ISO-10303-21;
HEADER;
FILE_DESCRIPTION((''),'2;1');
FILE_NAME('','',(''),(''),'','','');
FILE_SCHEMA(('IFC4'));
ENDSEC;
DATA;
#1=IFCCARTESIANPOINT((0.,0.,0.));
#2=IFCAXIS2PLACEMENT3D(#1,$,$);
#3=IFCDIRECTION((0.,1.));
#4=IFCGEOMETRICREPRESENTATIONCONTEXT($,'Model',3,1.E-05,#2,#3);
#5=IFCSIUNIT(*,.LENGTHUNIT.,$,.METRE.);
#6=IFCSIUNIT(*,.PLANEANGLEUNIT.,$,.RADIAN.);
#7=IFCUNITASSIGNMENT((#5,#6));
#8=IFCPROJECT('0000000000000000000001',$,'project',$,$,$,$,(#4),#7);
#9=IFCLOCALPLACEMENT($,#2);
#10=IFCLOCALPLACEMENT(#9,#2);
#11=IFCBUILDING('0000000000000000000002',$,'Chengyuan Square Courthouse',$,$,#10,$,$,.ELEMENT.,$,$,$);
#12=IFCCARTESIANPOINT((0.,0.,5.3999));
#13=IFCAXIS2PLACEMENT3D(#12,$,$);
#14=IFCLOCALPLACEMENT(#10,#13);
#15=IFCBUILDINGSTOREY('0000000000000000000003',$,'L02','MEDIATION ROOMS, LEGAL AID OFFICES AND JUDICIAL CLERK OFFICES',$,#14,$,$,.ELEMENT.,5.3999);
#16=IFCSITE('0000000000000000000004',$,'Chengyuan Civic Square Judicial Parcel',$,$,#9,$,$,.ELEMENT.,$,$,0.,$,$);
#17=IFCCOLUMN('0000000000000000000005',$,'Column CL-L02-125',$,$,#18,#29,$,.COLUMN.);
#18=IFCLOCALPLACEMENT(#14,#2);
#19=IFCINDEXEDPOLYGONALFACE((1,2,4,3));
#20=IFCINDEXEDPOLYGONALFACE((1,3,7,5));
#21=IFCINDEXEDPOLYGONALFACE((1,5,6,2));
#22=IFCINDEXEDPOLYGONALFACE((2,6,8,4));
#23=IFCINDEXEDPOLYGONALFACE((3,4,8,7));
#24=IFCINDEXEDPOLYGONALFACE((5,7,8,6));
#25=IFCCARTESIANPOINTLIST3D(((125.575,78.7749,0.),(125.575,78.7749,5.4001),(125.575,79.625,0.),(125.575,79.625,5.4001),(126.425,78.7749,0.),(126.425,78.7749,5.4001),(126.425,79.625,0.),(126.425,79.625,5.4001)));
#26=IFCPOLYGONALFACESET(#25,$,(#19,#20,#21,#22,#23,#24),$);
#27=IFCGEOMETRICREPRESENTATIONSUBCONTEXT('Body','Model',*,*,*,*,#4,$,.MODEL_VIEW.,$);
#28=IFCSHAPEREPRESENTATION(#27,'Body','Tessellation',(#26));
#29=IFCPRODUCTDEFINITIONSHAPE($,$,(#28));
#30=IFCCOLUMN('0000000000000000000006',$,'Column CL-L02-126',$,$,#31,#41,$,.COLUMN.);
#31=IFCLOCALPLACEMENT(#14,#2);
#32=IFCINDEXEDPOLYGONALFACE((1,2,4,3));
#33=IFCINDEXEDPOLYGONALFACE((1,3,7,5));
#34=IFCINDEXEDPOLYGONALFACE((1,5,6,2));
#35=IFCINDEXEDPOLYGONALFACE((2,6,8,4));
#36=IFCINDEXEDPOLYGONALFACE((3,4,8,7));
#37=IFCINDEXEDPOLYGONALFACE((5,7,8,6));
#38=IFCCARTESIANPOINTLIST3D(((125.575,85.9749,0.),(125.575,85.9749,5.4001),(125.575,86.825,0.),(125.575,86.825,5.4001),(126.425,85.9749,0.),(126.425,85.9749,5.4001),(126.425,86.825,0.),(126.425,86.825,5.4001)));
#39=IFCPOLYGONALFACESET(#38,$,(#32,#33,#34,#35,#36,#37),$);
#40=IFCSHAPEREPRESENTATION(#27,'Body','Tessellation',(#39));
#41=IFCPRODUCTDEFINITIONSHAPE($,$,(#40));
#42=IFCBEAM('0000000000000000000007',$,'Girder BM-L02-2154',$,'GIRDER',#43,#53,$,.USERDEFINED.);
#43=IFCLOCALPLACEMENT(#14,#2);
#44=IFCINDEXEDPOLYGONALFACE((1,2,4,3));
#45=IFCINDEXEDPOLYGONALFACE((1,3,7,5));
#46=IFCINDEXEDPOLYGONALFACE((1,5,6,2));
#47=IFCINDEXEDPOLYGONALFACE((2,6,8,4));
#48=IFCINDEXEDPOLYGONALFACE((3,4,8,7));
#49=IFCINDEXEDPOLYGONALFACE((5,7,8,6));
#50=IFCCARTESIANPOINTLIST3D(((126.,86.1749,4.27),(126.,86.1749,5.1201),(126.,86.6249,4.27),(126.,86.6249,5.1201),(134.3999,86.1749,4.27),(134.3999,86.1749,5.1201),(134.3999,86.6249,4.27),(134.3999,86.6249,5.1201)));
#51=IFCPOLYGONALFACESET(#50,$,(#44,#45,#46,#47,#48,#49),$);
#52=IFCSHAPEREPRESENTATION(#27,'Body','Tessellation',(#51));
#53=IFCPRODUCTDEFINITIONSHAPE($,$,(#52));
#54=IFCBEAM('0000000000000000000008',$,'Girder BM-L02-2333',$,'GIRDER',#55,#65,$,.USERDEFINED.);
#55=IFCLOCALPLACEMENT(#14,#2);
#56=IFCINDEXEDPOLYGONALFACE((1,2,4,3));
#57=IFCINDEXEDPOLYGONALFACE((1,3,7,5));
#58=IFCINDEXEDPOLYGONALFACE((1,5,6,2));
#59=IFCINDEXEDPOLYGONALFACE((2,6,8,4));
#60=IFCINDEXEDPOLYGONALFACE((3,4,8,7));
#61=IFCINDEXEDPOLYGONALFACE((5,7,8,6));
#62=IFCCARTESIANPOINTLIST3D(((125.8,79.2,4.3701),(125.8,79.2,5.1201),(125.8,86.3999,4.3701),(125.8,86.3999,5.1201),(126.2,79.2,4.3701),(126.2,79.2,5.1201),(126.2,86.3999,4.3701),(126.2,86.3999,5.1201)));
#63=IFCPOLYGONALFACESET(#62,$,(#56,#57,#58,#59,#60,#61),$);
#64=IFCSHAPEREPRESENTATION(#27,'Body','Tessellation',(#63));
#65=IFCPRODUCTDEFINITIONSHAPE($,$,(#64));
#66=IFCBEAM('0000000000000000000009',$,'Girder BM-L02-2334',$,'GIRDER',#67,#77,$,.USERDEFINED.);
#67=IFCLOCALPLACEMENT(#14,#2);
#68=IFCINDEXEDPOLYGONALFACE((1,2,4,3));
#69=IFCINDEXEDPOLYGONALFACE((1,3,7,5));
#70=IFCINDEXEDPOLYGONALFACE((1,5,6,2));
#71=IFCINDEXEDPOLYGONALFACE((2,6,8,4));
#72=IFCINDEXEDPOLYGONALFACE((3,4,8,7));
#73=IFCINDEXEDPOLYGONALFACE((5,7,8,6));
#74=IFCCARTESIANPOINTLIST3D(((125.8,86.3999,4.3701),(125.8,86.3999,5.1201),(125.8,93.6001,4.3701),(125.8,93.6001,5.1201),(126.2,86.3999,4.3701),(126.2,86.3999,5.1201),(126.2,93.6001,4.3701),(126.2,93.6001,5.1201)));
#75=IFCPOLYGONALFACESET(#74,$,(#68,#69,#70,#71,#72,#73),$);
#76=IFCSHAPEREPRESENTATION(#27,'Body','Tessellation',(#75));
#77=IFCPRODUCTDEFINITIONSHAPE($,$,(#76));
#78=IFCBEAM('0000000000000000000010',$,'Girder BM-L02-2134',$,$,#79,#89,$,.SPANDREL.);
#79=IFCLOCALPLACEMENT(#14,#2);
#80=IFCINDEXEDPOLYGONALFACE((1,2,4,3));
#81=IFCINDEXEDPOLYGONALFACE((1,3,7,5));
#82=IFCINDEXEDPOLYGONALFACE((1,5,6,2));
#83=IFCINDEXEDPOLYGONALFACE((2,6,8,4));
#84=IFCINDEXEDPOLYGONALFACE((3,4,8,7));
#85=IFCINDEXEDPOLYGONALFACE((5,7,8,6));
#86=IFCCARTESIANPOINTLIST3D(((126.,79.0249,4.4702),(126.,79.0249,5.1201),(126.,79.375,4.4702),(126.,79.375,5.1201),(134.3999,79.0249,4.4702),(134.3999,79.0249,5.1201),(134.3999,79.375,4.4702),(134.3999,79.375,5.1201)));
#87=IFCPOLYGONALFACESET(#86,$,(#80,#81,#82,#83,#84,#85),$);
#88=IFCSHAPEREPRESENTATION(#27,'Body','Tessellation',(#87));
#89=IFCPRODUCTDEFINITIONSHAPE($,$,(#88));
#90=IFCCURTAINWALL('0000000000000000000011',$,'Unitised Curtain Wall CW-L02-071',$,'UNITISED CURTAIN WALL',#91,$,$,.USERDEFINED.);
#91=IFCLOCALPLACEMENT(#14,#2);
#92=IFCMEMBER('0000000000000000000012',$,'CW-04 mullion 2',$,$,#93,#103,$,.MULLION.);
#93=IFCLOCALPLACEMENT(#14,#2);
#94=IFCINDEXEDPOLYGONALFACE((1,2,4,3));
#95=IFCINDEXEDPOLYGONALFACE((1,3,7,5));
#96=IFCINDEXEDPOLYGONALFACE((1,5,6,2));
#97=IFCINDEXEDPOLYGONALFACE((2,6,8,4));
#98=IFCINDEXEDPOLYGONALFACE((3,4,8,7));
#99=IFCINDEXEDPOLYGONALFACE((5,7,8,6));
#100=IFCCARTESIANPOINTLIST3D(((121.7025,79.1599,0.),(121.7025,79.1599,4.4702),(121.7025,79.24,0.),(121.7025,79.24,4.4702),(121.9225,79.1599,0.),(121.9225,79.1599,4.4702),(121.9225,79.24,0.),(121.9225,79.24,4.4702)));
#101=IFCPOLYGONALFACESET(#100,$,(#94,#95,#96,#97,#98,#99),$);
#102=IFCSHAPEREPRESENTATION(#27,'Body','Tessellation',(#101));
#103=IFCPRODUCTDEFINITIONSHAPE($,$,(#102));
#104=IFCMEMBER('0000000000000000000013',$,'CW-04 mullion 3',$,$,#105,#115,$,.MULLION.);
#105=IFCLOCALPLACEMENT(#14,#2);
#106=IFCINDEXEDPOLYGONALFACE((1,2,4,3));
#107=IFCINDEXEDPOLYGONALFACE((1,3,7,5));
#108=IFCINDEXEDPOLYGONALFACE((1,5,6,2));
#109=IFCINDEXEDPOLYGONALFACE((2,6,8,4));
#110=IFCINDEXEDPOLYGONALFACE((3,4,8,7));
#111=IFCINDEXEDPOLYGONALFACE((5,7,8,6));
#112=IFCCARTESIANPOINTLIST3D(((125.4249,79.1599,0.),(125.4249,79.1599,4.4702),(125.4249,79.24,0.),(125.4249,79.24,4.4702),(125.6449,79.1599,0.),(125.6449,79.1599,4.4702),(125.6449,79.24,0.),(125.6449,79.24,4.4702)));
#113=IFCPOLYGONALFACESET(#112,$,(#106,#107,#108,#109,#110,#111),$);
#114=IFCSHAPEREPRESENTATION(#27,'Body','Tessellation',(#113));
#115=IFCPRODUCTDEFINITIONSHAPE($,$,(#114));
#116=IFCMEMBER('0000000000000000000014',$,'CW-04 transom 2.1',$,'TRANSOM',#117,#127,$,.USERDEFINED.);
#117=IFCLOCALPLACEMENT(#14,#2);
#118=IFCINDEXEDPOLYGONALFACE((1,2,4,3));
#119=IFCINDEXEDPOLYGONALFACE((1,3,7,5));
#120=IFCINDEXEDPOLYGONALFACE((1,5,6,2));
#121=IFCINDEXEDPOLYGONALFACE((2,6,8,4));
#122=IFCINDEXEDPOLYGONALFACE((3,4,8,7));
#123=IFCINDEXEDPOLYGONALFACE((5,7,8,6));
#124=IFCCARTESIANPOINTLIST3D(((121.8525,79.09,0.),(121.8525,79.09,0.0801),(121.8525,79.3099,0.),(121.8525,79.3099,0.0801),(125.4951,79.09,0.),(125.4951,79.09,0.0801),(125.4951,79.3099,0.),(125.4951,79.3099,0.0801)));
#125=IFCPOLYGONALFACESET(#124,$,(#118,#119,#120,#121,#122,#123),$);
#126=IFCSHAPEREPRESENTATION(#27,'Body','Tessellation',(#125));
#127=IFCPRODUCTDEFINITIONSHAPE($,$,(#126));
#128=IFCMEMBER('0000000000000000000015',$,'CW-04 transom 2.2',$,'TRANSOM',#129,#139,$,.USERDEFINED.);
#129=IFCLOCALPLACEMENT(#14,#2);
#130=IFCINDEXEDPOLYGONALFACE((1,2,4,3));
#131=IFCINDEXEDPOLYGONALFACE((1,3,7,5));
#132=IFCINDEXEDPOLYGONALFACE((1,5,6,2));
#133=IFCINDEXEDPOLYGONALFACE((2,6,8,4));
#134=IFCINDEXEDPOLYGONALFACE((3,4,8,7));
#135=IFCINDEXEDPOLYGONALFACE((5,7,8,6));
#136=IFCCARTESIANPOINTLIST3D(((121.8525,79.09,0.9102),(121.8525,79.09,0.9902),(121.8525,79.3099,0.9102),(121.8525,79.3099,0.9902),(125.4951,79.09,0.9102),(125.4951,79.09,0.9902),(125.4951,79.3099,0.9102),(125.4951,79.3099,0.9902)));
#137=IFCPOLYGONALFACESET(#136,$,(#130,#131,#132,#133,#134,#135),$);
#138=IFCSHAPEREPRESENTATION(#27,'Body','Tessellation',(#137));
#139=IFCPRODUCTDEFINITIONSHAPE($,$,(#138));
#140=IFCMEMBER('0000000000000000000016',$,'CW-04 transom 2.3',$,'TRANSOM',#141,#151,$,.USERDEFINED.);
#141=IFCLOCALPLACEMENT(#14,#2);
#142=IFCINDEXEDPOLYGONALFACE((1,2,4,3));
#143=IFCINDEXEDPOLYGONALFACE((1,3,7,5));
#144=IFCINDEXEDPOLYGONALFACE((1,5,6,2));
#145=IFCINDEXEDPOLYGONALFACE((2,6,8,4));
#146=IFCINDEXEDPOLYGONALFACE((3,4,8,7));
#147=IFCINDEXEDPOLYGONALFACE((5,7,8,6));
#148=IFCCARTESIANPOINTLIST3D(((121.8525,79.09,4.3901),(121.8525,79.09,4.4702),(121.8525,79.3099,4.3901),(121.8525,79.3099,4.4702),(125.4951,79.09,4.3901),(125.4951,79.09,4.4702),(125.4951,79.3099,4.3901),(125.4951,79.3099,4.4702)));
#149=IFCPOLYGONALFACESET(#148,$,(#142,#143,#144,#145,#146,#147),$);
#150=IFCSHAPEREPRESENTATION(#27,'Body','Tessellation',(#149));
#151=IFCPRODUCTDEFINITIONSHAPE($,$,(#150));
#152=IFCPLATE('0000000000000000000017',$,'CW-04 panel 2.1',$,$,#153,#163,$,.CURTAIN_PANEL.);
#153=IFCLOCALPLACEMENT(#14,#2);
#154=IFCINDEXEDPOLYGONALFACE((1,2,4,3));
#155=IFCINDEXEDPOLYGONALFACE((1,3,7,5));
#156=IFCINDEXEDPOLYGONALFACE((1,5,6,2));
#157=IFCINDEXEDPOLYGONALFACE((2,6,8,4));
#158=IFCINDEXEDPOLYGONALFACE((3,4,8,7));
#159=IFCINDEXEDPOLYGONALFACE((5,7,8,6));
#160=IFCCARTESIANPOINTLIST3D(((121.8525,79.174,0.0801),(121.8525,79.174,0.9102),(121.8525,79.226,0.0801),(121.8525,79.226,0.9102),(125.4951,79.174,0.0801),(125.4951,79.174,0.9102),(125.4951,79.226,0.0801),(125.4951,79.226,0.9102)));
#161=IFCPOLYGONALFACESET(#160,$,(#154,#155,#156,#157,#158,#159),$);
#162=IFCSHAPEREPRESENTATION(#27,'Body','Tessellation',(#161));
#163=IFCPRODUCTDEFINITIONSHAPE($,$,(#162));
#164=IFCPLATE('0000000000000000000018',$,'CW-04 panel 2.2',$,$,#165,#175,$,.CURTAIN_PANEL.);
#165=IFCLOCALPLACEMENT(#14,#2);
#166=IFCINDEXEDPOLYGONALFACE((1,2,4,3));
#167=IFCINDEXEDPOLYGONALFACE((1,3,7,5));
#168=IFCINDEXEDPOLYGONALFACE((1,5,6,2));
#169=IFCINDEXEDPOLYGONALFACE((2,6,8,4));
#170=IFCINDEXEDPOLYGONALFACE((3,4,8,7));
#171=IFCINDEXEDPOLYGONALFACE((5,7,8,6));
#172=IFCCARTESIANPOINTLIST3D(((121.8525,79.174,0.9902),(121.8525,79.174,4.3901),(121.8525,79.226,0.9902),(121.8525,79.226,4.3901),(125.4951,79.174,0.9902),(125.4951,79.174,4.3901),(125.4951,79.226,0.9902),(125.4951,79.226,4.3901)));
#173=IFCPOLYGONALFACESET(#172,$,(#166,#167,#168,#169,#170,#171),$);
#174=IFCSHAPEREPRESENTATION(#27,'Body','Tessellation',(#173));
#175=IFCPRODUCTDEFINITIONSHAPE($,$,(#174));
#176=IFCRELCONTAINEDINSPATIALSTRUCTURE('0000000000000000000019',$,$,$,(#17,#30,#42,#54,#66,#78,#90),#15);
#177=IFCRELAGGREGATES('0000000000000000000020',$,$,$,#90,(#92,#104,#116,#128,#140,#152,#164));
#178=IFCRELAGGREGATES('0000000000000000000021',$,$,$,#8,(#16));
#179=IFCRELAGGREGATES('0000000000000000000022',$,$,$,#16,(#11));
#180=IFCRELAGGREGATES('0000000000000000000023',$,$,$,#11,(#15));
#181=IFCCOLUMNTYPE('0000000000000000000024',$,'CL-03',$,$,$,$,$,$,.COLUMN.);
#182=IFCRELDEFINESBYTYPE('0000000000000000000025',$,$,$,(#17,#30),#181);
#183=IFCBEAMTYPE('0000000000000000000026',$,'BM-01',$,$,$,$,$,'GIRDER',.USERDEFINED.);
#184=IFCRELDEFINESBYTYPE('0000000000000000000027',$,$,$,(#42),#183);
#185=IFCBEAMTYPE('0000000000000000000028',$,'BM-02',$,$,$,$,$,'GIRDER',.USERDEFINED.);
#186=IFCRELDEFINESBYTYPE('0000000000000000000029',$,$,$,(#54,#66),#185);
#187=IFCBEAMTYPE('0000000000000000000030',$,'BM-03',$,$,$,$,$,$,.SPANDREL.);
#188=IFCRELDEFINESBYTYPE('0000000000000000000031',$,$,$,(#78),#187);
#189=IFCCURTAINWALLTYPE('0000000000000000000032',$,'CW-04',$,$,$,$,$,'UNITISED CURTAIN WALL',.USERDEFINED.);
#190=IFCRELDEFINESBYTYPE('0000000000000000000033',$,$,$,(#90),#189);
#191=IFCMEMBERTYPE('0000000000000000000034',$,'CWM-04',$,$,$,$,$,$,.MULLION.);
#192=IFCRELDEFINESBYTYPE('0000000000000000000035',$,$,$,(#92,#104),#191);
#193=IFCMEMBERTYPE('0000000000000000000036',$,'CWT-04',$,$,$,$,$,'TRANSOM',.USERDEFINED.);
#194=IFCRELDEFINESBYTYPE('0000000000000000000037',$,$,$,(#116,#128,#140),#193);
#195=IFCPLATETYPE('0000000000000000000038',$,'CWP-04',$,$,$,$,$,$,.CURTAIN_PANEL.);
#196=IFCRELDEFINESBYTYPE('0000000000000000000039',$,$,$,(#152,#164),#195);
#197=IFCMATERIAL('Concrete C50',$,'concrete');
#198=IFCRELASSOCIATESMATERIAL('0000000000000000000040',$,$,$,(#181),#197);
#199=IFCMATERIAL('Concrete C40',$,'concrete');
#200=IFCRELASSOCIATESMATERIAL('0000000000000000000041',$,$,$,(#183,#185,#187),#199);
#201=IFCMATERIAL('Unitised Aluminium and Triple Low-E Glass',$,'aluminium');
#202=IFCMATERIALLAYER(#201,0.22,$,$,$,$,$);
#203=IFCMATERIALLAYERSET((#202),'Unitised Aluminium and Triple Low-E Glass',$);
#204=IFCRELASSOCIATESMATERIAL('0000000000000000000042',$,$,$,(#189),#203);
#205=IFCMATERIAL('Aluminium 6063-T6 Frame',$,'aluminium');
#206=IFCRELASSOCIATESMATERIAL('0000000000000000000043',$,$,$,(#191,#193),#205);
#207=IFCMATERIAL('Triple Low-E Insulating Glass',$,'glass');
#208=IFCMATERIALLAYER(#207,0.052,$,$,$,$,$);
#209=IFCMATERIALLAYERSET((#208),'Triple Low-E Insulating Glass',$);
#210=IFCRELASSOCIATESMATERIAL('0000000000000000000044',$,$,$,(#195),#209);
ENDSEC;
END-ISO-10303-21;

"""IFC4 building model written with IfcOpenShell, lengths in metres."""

from ifc_helpers import new_model, si_unit, direction, frame, origin, origin_2d, place, context, subcontext, project, spatial, rectangle, extrude, material, layer, layer_set, material_profile, profile_set, type_object, element, aggregate, save


model = new_model("IFC4")

# Units and contexts
model_context = context("Model", 3, precision=1e-05, world=origin(), true_north=direction((0.0, 1.0)))
body_context = subcontext(model_context, "Body", "Model", "MODEL_VIEW")
ifc_project = project(units=[si_unit("LENGTHUNIT", "METRE"), si_unit("PLANEANGLEUNIT", "RADIAN")], contexts=[model_context])

# Site, building, storey
site_placement = place(None, origin())
site = spatial("IfcSite", under=ifc_project, at=site_placement, Name="Chengyuan Civic Square Judicial Parcel", CompositionType="ELEMENT", RefElevation=0.0)
building_placement = place(site_placement, origin())
building = spatial("IfcBuilding", under=site, at=building_placement, Name="Chengyuan Square Courthouse", CompositionType="ELEMENT")
storey_placement = place(building_placement, frame((0.0, 0.0, 5.3999)))
storey = spatial("IfcBuildingStorey", under=building, at=storey_placement, Name="L02", Description="MEDIATION ROOMS, LEGAL AID OFFICES AND JUDICIAL CLERK OFFICES", CompositionType="ELEMENT", Elevation=5.3999)

# Columns
ifc_material_1 = material(Name="Concrete C50", Category="concrete")
ifc_material_profile_1 = material_profile(ifc_material_1, rectangle(XDim=0.8501, YDim=0.8501, at=origin_2d()), Name="RC-COL-850x850")
ifc_profile_set_1 = profile_set([ifc_material_profile_1], Name="Concrete C50")
column_type = type_object("IfcColumnType", Name="CL-03", PredefinedType="COLUMN", material=ifc_profile_set_1)
for number, where, z_axis, x_axis, name in (
    (1, (126.0, 79.2, 0.0), (0.0, 0.0, 1.0), (1.0, 0.0, 0.0), "Column CL-L02-125"),
    (2, (126.0, 86.3999, 0.0), (0.0, 0.0, 1.0), (1.0, 0.0, 0.0), "Column CL-L02-126"),
):
    element("IfcColumn", number, at=place(storey_placement, frame(where, z_axis=z_axis, x_axis=x_axis)), inside=storey, type_object=column_type, Name=name, PredefinedType="COLUMN", context=body_context, shape_type="SweptSolid", body=[
        extrude(rectangle(XDim=0.8501, YDim=0.8501, at=origin_2d()), origin(), (0.0, 0.0, 1.0), 5.4001),
    ])

# Beams
ifc_material_2 = material(Name="Concrete C40", Category="concrete")
ifc_material_profile_2 = material_profile(ifc_material_2, rectangle(XDim=0.45, YDim=0.8501, at=origin_2d()), Name="RC-BM-450x850")
ifc_profile_set_2 = profile_set([ifc_material_profile_2], Name="Concrete C40")
beam_type_1 = type_object("IfcBeamType", Name="BM-01", ElementType="GIRDER", PredefinedType="USERDEFINED", material=ifc_profile_set_2)
beam_1_placement = place(storey_placement, frame((126.0, 86.3999, 4.6951), z_axis=(1.0, 0.0, 0.0), x_axis=(0.0, 1.0, 0.0)))
element("IfcBeam", 3, at=beam_1_placement, inside=storey, type_object=beam_type_1, Name="Girder BM-L02-2154", ObjectType="GIRDER", PredefinedType="USERDEFINED", context=body_context, shape_type="SweptSolid", body=[
    extrude(rectangle(XDim=0.45, YDim=0.8501, at=origin_2d()), origin(), (0.0, 0.0, 1.0), 8.3999),
])
ifc_material_profile_3 = material_profile(ifc_material_2, rectangle(XDim=0.3999, YDim=0.75, at=origin_2d()), Name="RC-BM-400x750")
ifc_profile_set_3 = profile_set([ifc_material_profile_3], Name="Concrete C40")
beam_type_2 = type_object("IfcBeamType", Name="BM-02", ElementType="GIRDER", PredefinedType="USERDEFINED", material=ifc_profile_set_3)
beam_2_placement = place(storey_placement, frame((126.0, 79.2, 4.7451), z_axis=(0.0, 1.0, 0.0), x_axis=(-1.0, 0.0, 0.0)))
element("IfcBeam", 4, at=beam_2_placement, inside=storey, type_object=beam_type_2, Name="Girder BM-L02-2333", ObjectType="GIRDER", PredefinedType="USERDEFINED", context=body_context, shape_type="SweptSolid", body=[
    extrude(rectangle(XDim=0.3999, YDim=0.75, at=origin_2d()), origin(), (0.0, 0.0, 1.0), 7.2),
])
beam_3_placement = place(storey_placement, frame((126.0, 86.3999, 4.7451), z_axis=(0.0, 1.0, 0.0), x_axis=(-1.0, 0.0, 0.0)))
element("IfcBeam", 5, at=beam_3_placement, inside=storey, type_object=beam_type_2, Name="Girder BM-L02-2334", ObjectType="GIRDER", PredefinedType="USERDEFINED", context=body_context, shape_type="SweptSolid", body=[
    extrude(rectangle(XDim=0.3999, YDim=0.75, at=origin_2d()), origin(), (0.0, 0.0, 1.0), 7.2002),
])
ifc_material_profile_4 = material_profile(ifc_material_2, rectangle(XDim=0.3501, YDim=0.6499, at=origin_2d()), Name="RC-BM-350x650")
ifc_profile_set_4 = profile_set([ifc_material_profile_4], Name="Concrete C40")
beam_type_3 = type_object("IfcBeamType", Name="BM-03", PredefinedType="SPANDREL", material=ifc_profile_set_4)
beam_4_placement = place(storey_placement, frame((126.0, 79.2, 4.7952), z_axis=(1.0, 0.0, 0.0), x_axis=(0.0, 1.0, 0.0)))
element("IfcBeam", 6, at=beam_4_placement, inside=storey, type_object=beam_type_3, Name="Girder BM-L02-2134", PredefinedType="SPANDREL", context=body_context, shape_type="SweptSolid", body=[
    extrude(rectangle(XDim=0.3501, YDim=0.6499, at=origin_2d()), origin(), (0.0, 0.0, 1.0), 8.3999),
])

# Curtain wall, members, plates
ifc_material_3 = material(Name="Unitised Aluminium and Triple Low-E Glass", Category="aluminium")
ifc_layer_1 = layer(ifc_material_3, 0.22)
ifc_layer_set_1 = layer_set([ifc_layer_1], Name="Unitised Aluminium and Triple Low-E Glass")
curtain_wall_type = type_object("IfcCurtainWallType", Name="CW-04", ElementType="UNITISED CURTAIN WALL", PredefinedType="USERDEFINED", material=ifc_layer_set_1)
curtain_wall_placement = place(storey_placement, origin())
curtain_wall = element("IfcCurtainWall", 7, at=curtain_wall_placement, inside=storey, type_object=curtain_wall_type, Name="Unitised Curtain Wall CW-L02-071", ObjectType="UNITISED CURTAIN WALL", PredefinedType="USERDEFINED")
ifc_material_4 = material(Name="Aluminium 6063-T6 Frame", Category="aluminium")
ifc_material_profile_5 = material_profile(ifc_material_4, rectangle(XDim=0.0801, YDim=0.22, at=origin_2d()), Name="CW-MUL-80x220")
ifc_profile_set_5 = profile_set([ifc_material_profile_5], Name="Aluminium 6063-T6 Frame")
member_type_1 = type_object("IfcMemberType", Name="CWM-04", PredefinedType="MULLION", material=ifc_profile_set_5)
member_1_placement = place(storey_placement, frame((121.8125, 79.2, 0.0), z_axis=(0.0, 0.0, 1.0), x_axis=(0.0, 1.0, 0.0)))
member_1 = element("IfcMember", 8, at=member_1_placement, type_object=member_type_1, Name="CW-04 mullion 2", PredefinedType="MULLION", context=body_context, shape_type="SweptSolid", body=[
    extrude(rectangle(XDim=0.0801, YDim=0.22, at=origin_2d()), origin(), (0.0, 0.0, 1.0), 4.4702),
])
member_2_placement = place(storey_placement, frame((125.5349, 79.2, 0.0), z_axis=(0.0, 0.0, 1.0), x_axis=(0.0, 1.0, 0.0)))
member_2 = element("IfcMember", 9, at=member_2_placement, type_object=member_type_1, Name="CW-04 mullion 3", PredefinedType="MULLION", context=body_context, shape_type="SweptSolid", body=[
    extrude(rectangle(XDim=0.0801, YDim=0.22, at=origin_2d()), origin(), (0.0, 0.0, 1.0), 4.4702),
])
ifc_material_profile_6 = material_profile(ifc_material_4, rectangle(XDim=0.22, YDim=0.0801, at=origin_2d()), Name="CW-TRN-80x180")
ifc_profile_set_6 = profile_set([ifc_material_profile_6], Name="Aluminium 6063-T6 Frame")
member_type_2 = type_object("IfcMemberType", Name="CWT-04", ElementType="TRANSOM", PredefinedType="USERDEFINED", material=ifc_profile_set_6)
member_3_placement = place(storey_placement, frame((121.8525, 79.2, 0.04), z_axis=(1.0, 0.0, 0.0), x_axis=(0.0, 1.0, 0.0)))
member_3 = element("IfcMember", 10, at=member_3_placement, type_object=member_type_2, Name="CW-04 transom 2.1", ObjectType="TRANSOM", PredefinedType="USERDEFINED", context=body_context, shape_type="SweptSolid", body=[
    extrude(rectangle(XDim=0.22, YDim=0.0801, at=origin_2d()), origin(), (0.0, 0.0, 1.0), 3.6426),
])
member_4_placement = place(storey_placement, frame((121.8525, 79.2, 0.9502), z_axis=(1.0, 0.0, 0.0), x_axis=(0.0, 1.0, 0.0)))
member_4 = element("IfcMember", 11, at=member_4_placement, type_object=member_type_2, Name="CW-04 transom 2.2", ObjectType="TRANSOM", PredefinedType="USERDEFINED", context=body_context, shape_type="SweptSolid", body=[
    extrude(rectangle(XDim=0.22, YDim=0.0801, at=origin_2d()), origin(), (0.0, 0.0, 1.0), 3.6426),
])
member_5_placement = place(storey_placement, frame((121.8525, 79.2, 4.4302), z_axis=(1.0, 0.0, 0.0), x_axis=(0.0, 1.0, 0.0)))
member_5 = element("IfcMember", 12, at=member_5_placement, type_object=member_type_2, Name="CW-04 transom 2.3", ObjectType="TRANSOM", PredefinedType="USERDEFINED", context=body_context, shape_type="SweptSolid", body=[
    extrude(rectangle(XDim=0.22, YDim=0.0801, at=origin_2d()), origin(), (0.0, 0.0, 1.0), 3.6426),
])
ifc_material_5 = material(Name="Triple Low-E Insulating Glass", Category="glass")
ifc_layer_2 = layer(ifc_material_5, 0.052)
ifc_layer_set_2 = layer_set([ifc_layer_2], Name="Triple Low-E Insulating Glass")
plate_type = type_object("IfcPlateType", Name="CWP-04", PredefinedType="CURTAIN_PANEL", material=ifc_layer_set_2)
plate_1_placement = place(storey_placement, frame((123.6738, 79.2, 0.0801), z_axis=(0.0, 0.0, 1.0), x_axis=(1.0, 0.0, 0.0)))
plate_1 = element("IfcPlate", 13, at=plate_1_placement, type_object=plate_type, Name="CW-04 panel 2.1", PredefinedType="CURTAIN_PANEL", context=body_context, shape_type="SweptSolid", body=[
    extrude(rectangle(XDim=3.6426, YDim=0.052, at=origin_2d()), origin(), (0.0, 0.0, 1.0), 0.8301),
])
plate_2_placement = place(storey_placement, frame((123.6738, 79.2, 0.9902), z_axis=(0.0, 0.0, 1.0), x_axis=(1.0, 0.0, 0.0)))
plate_2 = element("IfcPlate", 14, at=plate_2_placement, type_object=plate_type, Name="CW-04 panel 2.2", PredefinedType="CURTAIN_PANEL", context=body_context, shape_type="SweptSolid", body=[
    extrude(rectangle(XDim=3.6426, YDim=0.052, at=origin_2d()), origin(), (0.0, 0.0, 1.0), 3.3999),
])
aggregate(curtain_wall, [member_1, member_2, member_3, member_4, member_5, plate_1, plate_2])

save(model, "model.ifc")
